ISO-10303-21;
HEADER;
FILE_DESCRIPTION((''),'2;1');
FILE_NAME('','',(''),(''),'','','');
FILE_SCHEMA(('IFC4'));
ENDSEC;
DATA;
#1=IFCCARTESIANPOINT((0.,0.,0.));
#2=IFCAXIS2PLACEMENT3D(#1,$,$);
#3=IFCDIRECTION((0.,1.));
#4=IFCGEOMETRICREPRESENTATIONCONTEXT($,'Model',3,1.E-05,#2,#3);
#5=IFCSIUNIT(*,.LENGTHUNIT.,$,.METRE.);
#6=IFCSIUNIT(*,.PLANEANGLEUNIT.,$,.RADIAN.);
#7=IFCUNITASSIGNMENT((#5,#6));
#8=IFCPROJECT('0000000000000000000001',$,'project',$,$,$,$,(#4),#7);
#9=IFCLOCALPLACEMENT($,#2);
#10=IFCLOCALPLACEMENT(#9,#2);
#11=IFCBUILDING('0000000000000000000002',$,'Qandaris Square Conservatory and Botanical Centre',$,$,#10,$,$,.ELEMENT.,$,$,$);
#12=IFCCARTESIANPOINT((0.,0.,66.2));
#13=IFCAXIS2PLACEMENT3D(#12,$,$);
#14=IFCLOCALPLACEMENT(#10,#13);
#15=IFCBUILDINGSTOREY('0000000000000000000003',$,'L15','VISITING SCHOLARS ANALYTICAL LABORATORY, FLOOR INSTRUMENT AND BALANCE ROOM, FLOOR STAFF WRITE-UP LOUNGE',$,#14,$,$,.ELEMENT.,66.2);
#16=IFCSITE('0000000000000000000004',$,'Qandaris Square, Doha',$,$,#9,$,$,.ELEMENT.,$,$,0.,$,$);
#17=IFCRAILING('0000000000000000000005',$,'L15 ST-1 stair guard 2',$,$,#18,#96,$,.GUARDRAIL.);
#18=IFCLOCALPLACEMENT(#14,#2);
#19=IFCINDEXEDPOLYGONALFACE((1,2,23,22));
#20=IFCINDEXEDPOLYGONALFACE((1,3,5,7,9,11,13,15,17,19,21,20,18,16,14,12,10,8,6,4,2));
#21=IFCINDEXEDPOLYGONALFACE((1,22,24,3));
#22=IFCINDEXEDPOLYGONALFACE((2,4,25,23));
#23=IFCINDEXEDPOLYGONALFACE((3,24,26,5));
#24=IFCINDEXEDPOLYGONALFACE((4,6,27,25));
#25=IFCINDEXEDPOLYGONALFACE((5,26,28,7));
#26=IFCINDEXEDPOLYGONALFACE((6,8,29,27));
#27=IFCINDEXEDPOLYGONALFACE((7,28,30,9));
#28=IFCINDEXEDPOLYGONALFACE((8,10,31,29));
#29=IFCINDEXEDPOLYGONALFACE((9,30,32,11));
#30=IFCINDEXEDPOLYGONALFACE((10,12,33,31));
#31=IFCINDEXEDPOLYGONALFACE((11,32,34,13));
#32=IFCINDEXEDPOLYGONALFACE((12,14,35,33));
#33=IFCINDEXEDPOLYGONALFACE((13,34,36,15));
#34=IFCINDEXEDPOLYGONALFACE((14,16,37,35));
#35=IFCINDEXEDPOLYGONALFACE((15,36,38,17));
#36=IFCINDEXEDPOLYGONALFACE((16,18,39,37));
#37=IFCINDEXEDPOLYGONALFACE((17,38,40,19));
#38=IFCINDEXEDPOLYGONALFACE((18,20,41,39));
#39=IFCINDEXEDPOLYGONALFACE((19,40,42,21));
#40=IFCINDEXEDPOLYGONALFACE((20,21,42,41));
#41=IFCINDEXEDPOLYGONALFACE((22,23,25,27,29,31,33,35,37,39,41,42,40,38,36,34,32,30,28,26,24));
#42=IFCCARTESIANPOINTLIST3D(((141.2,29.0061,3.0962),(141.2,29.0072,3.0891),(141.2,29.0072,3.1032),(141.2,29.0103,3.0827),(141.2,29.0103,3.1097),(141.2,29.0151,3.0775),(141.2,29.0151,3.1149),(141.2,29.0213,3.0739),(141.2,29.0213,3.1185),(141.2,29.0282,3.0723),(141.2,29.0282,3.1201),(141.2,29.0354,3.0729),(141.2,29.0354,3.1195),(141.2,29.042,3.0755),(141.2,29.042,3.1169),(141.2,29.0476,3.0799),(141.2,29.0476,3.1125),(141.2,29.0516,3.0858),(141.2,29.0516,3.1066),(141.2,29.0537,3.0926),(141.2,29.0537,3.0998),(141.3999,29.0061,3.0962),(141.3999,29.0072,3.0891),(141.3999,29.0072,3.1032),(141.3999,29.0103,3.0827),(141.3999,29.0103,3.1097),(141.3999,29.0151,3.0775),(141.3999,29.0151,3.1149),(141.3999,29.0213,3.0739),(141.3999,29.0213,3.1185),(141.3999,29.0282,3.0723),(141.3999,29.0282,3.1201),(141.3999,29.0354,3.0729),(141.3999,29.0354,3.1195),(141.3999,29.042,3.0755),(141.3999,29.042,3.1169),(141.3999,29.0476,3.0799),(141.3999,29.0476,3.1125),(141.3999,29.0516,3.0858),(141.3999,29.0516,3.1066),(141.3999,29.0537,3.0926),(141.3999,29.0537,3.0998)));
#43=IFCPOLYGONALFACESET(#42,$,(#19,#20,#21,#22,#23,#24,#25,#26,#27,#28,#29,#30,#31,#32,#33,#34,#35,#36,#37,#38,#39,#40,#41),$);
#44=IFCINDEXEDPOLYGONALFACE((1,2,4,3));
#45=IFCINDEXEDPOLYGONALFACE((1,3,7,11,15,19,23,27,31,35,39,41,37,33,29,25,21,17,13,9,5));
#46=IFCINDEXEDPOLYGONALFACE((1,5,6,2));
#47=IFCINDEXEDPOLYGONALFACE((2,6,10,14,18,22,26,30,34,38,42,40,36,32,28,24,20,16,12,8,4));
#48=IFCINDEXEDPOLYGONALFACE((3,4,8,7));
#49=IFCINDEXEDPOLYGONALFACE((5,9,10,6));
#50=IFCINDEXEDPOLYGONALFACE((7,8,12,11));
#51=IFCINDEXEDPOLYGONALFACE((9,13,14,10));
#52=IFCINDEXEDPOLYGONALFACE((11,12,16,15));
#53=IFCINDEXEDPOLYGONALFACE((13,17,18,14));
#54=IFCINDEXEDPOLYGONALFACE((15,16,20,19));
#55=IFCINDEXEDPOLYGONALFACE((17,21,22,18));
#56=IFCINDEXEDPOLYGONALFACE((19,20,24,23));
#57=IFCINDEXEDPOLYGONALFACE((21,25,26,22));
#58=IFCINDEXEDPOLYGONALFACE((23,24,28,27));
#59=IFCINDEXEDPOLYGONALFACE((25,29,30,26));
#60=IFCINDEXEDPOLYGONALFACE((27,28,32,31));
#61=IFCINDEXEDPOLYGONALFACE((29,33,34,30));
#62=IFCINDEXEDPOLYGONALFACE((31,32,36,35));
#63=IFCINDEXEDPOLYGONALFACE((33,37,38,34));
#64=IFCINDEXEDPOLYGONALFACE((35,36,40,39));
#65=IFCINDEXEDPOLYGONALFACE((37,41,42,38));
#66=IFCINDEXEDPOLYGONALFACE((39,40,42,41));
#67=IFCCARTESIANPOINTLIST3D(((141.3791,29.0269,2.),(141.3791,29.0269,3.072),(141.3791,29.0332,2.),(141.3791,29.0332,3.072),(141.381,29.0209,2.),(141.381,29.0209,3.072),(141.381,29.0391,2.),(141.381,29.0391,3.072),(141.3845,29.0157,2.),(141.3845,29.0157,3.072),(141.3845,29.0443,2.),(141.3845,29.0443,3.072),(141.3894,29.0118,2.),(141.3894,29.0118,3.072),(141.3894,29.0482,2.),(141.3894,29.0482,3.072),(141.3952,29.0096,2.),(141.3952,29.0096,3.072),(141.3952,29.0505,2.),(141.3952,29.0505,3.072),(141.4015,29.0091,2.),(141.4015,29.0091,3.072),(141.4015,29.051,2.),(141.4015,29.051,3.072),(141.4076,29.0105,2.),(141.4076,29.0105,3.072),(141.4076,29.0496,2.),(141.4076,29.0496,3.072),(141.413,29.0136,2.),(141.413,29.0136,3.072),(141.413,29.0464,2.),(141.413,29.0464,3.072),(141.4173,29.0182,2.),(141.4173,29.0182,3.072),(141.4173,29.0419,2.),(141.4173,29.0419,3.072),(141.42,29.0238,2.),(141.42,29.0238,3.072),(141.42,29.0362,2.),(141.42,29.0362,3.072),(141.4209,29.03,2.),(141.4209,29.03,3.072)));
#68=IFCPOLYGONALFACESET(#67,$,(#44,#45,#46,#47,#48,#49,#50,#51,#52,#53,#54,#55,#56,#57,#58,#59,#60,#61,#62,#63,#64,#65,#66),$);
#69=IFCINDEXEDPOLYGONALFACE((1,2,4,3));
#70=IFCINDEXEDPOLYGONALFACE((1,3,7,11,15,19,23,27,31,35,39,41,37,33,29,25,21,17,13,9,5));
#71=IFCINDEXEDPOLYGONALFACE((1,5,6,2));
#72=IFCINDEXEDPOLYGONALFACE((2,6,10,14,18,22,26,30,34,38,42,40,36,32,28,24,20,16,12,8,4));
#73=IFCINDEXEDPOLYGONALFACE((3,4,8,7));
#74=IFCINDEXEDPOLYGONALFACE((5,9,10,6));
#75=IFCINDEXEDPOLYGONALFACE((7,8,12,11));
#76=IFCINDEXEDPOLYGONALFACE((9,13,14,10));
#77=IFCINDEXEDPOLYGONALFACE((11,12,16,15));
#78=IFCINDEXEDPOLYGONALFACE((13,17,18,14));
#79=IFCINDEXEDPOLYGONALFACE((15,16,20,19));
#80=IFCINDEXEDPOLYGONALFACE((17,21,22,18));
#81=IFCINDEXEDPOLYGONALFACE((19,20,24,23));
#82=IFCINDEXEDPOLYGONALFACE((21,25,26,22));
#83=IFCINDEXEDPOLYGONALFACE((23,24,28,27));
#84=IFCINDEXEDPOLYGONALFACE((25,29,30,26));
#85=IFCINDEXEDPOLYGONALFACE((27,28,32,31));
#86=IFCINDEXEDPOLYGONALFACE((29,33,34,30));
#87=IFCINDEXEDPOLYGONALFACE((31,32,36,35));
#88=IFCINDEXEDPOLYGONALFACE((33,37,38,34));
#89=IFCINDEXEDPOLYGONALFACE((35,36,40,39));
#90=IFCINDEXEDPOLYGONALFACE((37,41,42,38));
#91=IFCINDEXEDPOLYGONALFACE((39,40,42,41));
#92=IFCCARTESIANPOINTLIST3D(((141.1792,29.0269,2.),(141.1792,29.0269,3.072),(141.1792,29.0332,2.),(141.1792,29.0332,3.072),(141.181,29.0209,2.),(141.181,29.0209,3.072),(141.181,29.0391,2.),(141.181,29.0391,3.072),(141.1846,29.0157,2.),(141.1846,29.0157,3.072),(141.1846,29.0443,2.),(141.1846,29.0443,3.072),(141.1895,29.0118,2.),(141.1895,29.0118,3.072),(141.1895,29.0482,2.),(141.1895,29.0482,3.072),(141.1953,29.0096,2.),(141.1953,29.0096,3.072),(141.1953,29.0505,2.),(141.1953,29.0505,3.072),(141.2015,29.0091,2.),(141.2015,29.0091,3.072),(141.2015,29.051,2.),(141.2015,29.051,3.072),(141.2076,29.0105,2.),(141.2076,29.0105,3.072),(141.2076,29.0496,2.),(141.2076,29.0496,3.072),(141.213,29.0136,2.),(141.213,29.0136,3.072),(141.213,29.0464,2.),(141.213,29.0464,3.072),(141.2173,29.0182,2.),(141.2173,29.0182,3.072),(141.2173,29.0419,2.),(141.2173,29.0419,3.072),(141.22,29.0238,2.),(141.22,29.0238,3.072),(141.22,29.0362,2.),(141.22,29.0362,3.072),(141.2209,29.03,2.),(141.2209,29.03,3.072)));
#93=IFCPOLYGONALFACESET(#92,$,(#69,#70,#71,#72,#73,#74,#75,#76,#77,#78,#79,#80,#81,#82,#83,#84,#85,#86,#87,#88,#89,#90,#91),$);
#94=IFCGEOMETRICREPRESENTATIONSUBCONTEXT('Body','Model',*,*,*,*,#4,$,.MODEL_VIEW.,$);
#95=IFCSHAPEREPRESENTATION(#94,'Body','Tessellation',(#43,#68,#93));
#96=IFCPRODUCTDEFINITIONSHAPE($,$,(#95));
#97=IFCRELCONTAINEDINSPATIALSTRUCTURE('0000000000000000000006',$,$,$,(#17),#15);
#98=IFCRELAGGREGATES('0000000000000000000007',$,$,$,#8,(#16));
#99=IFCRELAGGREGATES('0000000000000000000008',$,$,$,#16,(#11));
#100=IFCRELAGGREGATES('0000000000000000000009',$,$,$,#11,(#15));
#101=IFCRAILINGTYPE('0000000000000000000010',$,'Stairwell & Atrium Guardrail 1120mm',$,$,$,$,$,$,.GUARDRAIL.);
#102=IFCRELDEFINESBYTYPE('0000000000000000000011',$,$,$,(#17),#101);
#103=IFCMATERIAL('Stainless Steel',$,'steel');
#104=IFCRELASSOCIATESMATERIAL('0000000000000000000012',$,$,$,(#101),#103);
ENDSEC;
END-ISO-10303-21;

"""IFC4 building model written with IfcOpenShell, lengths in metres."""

from ifc_helpers import new_model, si_unit, direction, frame, origin, origin_2d, place, context, subcontext, project, spatial, circle, extrude, material, type_object, element, save


model = new_model("IFC4")

# Units and contexts
model_context = context("Model", 3, precision=1e-05, world=origin(), true_north=direction((0.0, 1.0)))
body_context = subcontext(model_context, "Body", "Model", "MODEL_VIEW")
ifc_project = project(units=[si_unit("LENGTHUNIT", "METRE"), si_unit("PLANEANGLEUNIT", "RADIAN")], contexts=[model_context])

# Site, building, storey
site_placement = place(None, origin())
site = spatial("IfcSite", under=ifc_project, at=site_placement, Name="Qandaris Square, Doha", CompositionType="ELEMENT", RefElevation=0.0)
building_placement = place(site_placement, origin())
building = spatial("IfcBuilding", under=site, at=building_placement, Name="Qandaris Square Conservatory and Botanical Centre", CompositionType="ELEMENT")
storey_placement = place(building_placement, frame((0.0, 0.0, 66.2)))
storey = spatial("IfcBuildingStorey", under=building, at=storey_placement, Name="L15", Description="VISITING SCHOLARS ANALYTICAL LABORATORY, FLOOR INSTRUMENT AND BALANCE ROOM, FLOOR STAFF WRITE-UP LOUNGE", CompositionType="ELEMENT", Elevation=66.2)

# Railing
ifc_material_1 = material(Name="Stainless Steel", Category="steel")
railing_type_1 = type_object("IfcRailingType", Name="Stairwell & Atrium Guardrail 1120mm", PredefinedType="GUARDRAIL", material=ifc_material_1)
railing_1_placement = place(storey_placement, frame((141.3999, 29.03, 2.0)))
element("IfcRailing", 1, at=railing_1_placement, inside=storey, type_object=railing_type_1, Name="L15 ST-1 stair guard 2", PredefinedType="GUARDRAIL", context=body_context, shape_type="SweptSolid", body=[
    extrude(circle(Radius=0.0239, at=origin_2d()), frame((0.0, 0.0, 1.0962), z_axis=(-1.0, 0.0, 0.0), x_axis=(0.0, -1.0, 0.0)), (0.0, 0.0, 1.0), 0.2),
    extrude(circle(Radius=0.021, at=origin_2d()), origin(), (0.0, 0.0, 1.0), 1.072),
    extrude(circle(Radius=0.021, at=origin_2d()), frame((-0.2, 0.0, 0.0)), (0.0, 0.0, 1.0), 1.072),
])

save(model, "model.ifc")
